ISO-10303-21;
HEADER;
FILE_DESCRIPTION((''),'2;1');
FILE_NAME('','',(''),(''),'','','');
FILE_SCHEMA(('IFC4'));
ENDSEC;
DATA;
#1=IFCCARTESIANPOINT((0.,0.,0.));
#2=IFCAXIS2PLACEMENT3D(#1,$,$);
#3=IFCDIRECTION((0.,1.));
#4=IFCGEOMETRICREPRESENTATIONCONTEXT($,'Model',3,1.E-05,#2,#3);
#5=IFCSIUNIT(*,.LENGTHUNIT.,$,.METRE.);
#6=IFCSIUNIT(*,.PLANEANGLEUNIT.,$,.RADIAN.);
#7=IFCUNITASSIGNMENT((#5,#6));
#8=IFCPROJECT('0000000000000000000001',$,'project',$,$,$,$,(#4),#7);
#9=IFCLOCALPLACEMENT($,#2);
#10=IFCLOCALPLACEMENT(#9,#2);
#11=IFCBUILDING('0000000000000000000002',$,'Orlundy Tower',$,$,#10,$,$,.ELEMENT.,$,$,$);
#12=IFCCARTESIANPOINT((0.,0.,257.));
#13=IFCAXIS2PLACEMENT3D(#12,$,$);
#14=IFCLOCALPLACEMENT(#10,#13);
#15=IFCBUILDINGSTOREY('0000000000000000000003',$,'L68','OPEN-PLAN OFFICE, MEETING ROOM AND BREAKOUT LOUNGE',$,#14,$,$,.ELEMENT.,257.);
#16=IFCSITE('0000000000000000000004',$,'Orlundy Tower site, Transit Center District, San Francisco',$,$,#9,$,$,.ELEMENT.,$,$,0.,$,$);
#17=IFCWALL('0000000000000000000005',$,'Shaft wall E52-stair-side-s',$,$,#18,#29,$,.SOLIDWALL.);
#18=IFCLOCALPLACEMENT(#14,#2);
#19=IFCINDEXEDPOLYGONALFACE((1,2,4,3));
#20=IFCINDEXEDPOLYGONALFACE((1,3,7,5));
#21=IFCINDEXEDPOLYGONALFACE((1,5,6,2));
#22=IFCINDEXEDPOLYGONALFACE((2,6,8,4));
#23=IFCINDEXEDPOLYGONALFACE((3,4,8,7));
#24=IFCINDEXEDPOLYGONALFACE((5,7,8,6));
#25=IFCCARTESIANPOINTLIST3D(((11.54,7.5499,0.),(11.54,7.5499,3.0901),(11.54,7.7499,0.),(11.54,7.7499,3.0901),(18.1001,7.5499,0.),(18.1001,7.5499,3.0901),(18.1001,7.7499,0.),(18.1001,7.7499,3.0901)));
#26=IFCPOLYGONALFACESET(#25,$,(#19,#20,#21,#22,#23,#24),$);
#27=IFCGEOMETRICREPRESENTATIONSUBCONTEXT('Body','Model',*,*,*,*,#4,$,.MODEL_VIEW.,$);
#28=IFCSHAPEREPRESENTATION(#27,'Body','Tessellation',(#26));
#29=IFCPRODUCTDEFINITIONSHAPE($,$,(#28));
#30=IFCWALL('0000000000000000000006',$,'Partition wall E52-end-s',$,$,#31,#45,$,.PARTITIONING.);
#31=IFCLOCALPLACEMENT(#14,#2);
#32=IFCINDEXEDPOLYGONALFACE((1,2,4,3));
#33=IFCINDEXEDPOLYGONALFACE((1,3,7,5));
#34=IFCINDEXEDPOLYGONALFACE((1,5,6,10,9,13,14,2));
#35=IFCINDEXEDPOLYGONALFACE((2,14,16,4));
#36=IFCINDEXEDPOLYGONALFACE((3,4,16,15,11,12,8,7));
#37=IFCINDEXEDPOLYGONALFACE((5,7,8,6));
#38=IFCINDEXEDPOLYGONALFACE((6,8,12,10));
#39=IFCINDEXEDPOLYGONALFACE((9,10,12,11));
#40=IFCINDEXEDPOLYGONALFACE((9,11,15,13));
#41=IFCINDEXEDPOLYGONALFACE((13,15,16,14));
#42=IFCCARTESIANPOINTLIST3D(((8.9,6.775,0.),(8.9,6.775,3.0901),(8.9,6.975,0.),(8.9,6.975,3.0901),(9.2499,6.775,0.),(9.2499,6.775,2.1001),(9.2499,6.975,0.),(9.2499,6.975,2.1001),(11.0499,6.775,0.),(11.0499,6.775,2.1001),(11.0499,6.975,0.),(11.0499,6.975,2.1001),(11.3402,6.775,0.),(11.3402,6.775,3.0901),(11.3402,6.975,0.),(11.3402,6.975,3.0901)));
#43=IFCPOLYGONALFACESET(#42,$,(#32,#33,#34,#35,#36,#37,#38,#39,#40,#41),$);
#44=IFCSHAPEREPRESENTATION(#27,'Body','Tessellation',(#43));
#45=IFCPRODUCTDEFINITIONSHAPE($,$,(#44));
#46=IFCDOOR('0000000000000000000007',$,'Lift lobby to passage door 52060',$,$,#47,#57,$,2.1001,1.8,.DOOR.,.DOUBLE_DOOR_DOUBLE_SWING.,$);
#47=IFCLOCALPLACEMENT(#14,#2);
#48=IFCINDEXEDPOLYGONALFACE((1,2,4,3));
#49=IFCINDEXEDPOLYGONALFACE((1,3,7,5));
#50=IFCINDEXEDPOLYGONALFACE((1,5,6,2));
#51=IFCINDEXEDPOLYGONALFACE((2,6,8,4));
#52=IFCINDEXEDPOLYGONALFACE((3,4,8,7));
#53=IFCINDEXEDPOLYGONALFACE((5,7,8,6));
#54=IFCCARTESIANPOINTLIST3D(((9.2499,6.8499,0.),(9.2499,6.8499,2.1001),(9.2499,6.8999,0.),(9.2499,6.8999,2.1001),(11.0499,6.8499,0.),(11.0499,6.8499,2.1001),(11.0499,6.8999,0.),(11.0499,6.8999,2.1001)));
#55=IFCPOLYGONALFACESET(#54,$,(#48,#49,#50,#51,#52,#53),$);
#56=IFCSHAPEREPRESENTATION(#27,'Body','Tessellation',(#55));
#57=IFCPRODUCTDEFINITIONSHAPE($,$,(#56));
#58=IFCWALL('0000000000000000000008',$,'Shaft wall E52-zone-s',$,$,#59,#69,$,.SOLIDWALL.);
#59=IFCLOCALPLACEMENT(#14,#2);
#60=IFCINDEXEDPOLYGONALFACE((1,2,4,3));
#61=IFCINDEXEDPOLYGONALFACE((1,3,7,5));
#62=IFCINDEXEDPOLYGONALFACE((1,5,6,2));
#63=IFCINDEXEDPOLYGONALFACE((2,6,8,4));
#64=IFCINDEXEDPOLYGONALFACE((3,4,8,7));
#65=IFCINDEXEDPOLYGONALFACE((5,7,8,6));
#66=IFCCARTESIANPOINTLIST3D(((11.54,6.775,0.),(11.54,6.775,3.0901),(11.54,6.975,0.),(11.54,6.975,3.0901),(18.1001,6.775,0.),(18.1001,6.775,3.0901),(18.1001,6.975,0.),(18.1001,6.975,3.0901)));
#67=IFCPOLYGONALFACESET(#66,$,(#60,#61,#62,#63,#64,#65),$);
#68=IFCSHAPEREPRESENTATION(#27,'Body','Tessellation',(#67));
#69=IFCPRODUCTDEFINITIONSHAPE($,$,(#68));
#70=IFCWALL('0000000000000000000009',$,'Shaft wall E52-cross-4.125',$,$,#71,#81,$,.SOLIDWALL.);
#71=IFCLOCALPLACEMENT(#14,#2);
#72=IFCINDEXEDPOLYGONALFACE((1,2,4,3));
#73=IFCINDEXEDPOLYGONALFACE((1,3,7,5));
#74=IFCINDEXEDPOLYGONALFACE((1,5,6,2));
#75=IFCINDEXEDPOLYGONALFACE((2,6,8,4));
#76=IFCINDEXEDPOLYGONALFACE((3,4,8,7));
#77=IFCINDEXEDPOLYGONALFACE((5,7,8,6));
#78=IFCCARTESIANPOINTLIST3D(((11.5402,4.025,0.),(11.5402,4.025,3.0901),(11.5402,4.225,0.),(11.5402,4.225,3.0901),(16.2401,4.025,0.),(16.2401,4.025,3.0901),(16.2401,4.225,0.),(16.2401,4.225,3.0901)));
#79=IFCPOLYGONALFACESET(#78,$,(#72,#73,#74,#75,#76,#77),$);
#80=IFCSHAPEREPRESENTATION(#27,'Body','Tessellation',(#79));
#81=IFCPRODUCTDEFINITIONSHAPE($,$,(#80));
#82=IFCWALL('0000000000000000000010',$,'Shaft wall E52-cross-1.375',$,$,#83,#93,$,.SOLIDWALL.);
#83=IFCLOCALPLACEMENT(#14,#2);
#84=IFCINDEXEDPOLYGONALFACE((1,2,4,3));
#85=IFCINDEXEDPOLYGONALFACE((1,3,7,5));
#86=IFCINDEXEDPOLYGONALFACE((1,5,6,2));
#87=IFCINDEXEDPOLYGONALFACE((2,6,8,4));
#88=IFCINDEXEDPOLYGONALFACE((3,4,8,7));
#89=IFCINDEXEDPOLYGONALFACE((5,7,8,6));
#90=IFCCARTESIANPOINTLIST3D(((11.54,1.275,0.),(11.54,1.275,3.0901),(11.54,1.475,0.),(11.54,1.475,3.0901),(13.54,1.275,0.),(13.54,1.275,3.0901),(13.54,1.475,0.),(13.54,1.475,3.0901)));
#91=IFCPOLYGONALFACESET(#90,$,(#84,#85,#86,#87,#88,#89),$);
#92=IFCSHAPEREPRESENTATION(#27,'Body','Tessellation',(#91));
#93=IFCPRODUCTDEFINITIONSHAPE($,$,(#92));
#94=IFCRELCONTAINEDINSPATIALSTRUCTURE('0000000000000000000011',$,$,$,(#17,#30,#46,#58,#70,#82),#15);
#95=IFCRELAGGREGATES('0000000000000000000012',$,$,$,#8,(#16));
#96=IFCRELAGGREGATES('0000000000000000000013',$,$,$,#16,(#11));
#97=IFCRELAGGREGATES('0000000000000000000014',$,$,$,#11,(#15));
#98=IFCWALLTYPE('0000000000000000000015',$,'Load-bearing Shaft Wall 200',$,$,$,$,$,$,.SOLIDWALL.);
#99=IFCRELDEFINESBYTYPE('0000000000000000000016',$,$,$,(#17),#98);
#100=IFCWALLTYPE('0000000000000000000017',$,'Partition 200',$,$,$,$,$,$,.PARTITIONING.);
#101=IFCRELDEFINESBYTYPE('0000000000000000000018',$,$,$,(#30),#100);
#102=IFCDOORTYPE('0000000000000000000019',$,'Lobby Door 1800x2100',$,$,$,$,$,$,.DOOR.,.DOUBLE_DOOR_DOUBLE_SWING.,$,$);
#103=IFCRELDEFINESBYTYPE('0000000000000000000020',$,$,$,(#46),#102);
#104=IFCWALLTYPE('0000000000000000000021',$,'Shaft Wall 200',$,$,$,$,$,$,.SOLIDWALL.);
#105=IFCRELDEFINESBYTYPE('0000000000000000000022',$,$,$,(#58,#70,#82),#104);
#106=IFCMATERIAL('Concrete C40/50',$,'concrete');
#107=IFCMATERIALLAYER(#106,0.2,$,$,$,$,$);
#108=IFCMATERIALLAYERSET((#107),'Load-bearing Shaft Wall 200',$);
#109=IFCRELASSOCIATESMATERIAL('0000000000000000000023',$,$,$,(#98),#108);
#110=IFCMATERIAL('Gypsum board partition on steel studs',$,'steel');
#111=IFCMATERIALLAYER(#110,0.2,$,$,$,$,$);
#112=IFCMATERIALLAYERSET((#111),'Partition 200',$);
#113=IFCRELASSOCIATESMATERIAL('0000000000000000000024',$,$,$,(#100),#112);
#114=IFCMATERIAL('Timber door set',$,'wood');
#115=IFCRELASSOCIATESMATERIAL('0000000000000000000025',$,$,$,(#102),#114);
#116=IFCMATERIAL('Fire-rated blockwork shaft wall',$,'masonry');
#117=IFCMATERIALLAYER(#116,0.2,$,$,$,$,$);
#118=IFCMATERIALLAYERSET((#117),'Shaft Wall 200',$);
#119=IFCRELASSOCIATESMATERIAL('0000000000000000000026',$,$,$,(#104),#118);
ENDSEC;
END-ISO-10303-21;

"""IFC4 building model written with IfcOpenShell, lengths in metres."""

from ifc_helpers import new_model, si_unit, direction, frame, frame_2d, origin, place, context, subcontext, project, spatial, rectangle, extrude, material, layer, layer_set, type_object, element, fill, save


model = new_model("IFC4")

# Units and contexts
model_context = context("Model", 3, precision=1e-05, world=origin(), true_north=direction((0.0, 1.0)))
body_context = subcontext(model_context, "Body", "Model", "MODEL_VIEW")
ifc_project = project(units=[si_unit("LENGTHUNIT", "METRE"), si_unit("PLANEANGLEUNIT", "RADIAN")], contexts=[model_context])

# Site, building, storey
site_placement = place(None, origin())
site = spatial("IfcSite", under=ifc_project, at=site_placement, Name="Orlundy Tower site, Transit Center District, San Francisco", CompositionType="ELEMENT", RefElevation=0.0)
building_placement = place(site_placement, origin())
building = spatial("IfcBuilding", under=site, at=building_placement, Name="Orlundy Tower", CompositionType="ELEMENT")
storey_placement = place(building_placement, frame((0.0, 0.0, 257.0)))
storey = spatial("IfcBuildingStorey", under=building, at=storey_placement, Name="L68", Description="OPEN-PLAN OFFICE, MEETING ROOM AND BREAKOUT LOUNGE", CompositionType="ELEMENT", Elevation=257.0)

# Wall
ifc_material_1 = material(Name="Concrete C40/50", Category="concrete")
ifc_layer_1 = layer(ifc_material_1, 0.2)
ifc_layer_set_1 = layer_set([ifc_layer_1], Name="Load-bearing Shaft Wall 200")
wall_type_1 = type_object("IfcWallType", Name="Load-bearing Shaft Wall 200", PredefinedType="SOLIDWALL", material=ifc_layer_set_1)
wall_1_placement = place(storey_placement, frame((11.54, 7.6499, 0.0), z_axis=(0.0, 0.0, 1.0), x_axis=(1.0, 0.0, 0.0)))
element("IfcWall", 1, at=wall_1_placement, inside=storey, type_object=wall_type_1, Name="Shaft wall E52-stair-side-s", PredefinedType="SOLIDWALL", context=body_context, shape_type="SweptSolid", body=[
    extrude(rectangle(XDim=6.5601, YDim=0.2, at=frame_2d((3.28, 0.0))), origin(), (0.0, 0.0, 1.0), 3.0901),
])

# Wall, opening, door
ifc_material_2 = material(Name="Gypsum board partition on steel studs", Category="steel")
ifc_layer_2 = layer(ifc_material_2, 0.2)
ifc_layer_set_2 = layer_set([ifc_layer_2], Name="Partition 200")
wall_type_2 = type_object("IfcWallType", Name="Partition 200", PredefinedType="PARTITIONING", material=ifc_layer_set_2)
wall_2_placement = place(storey_placement, frame((8.8999, 6.875, 0.0), z_axis=(0.0, 0.0, 1.0), x_axis=(1.0, 0.0, 0.0)))
wall_2 = element("IfcWall", 2, at=wall_2_placement, inside=storey, type_object=wall_type_2, Name="Partition wall E52-end-s", PredefinedType="PARTITIONING", context=body_context, shape_type="SweptSolid", body=[
    extrude(rectangle(XDim=2.4402, YDim=0.2, at=frame_2d((1.2202, 0.0))), origin(), (0.0, 0.0, 1.0), 3.0901),
])
opening_1_placement = place(wall_2_placement, frame((0.3501, 0.0, 0.0)))
opening_1 = element("IfcOpeningElement", 3, at=opening_1_placement, cuts=wall_2, PredefinedType="OPENING", context=body_context, shape_type="SweptSolid", body=[
    extrude(rectangle(XDim=1.8, YDim=2.1001, at=frame_2d((0.8999, 1.05))), frame((0.0, 0.1101, 0.0), z_axis=(0.0, -1.0, 0.0), x_axis=(1.0, 0.0, 0.0)), (0.0, 0.0, 1.0), 0.2202),
])
ifc_material_3 = material(Name="Timber door set", Category="wood")
door_type_1 = type_object("IfcDoorType", Name="Lobby Door 1800x2100", OperationType="DOUBLE_DOOR_DOUBLE_SWING", PredefinedType="DOOR", material=ifc_material_3)
door_1_placement = place(opening_1_placement, origin())
door_1 = element("IfcDoor", 4, at=door_1_placement, inside=storey, type_object=door_type_1, Name="Lift lobby to passage door 52060", OperationType="DOUBLE_DOOR_DOUBLE_SWING", OverallHeight=2.1001, OverallWidth=1.8, PredefinedType="DOOR", context=body_context, shape_type="SweptSolid", body=[
    extrude(rectangle(XDim=1.8, YDim=2.1001, at=frame_2d((0.8999, 1.05))), frame((0.0, 0.0249, 0.0), z_axis=(0.0, -1.0, 0.0), x_axis=(1.0, 0.0, 0.0)), (0.0, 0.0, 1.0), 0.05),
])
fill(opening_1, door_1)

# Walls
ifc_material_4 = material(Name="Fire-rated blockwork shaft wall", Category="masonry")
ifc_layer_3 = layer(ifc_material_4, 0.2)
ifc_layer_set_3 = layer_set([ifc_layer_3], Name="Shaft Wall 200")
wall_type_3 = type_object("IfcWallType", Name="Shaft Wall 200", PredefinedType="SOLIDWALL", material=ifc_layer_set_3)
wall_3_placement = place(storey_placement, frame((11.54, 6.875, 0.0), z_axis=(0.0, 0.0, 1.0), x_axis=(1.0, 0.0, 0.0)))
element("IfcWall", 5, at=wall_3_placement, inside=storey, type_object=wall_type_3, Name="Shaft wall E52-zone-s", PredefinedType="SOLIDWALL", context=body_context, shape_type="SweptSolid", body=[
    extrude(rectangle(XDim=6.5601, YDim=0.2, at=frame_2d((3.28, 0.0))), origin(), (0.0, 0.0, 1.0), 3.0901),
])
wall_4_placement = place(storey_placement, frame((11.54, 4.125, 0.0), z_axis=(0.0, 0.0, 1.0), x_axis=(1.0, 0.0, 0.0)))
element("IfcWall", 6, at=wall_4_placement, inside=storey, type_object=wall_type_3, Name="Shaft wall E52-cross-4.125", PredefinedType="SOLIDWALL", context=body_context, shape_type="SweptSolid", body=[
    extrude(rectangle(XDim=4.7, YDim=0.2, at=frame_2d((2.3501, 0.0))), origin(), (0.0, 0.0, 1.0), 3.0901),
])
wall_5_placement = place(storey_placement, frame((11.54, 1.375, 0.0), z_axis=(0.0, 0.0, 1.0), x_axis=(1.0, 0.0, 0.0)))
element("IfcWall", 7, at=wall_5_placement, inside=storey, type_object=wall_type_3, Name="Shaft wall E52-cross-1.375", PredefinedType="SOLIDWALL", context=body_context, shape_type="SweptSolid", body=[
    extrude(rectangle(XDim=2.0, YDim=0.2, at=frame_2d((1.0, 0.0))), origin(), (0.0, 0.0, 1.0), 3.0901),
])

save(model, "model.ifc")
